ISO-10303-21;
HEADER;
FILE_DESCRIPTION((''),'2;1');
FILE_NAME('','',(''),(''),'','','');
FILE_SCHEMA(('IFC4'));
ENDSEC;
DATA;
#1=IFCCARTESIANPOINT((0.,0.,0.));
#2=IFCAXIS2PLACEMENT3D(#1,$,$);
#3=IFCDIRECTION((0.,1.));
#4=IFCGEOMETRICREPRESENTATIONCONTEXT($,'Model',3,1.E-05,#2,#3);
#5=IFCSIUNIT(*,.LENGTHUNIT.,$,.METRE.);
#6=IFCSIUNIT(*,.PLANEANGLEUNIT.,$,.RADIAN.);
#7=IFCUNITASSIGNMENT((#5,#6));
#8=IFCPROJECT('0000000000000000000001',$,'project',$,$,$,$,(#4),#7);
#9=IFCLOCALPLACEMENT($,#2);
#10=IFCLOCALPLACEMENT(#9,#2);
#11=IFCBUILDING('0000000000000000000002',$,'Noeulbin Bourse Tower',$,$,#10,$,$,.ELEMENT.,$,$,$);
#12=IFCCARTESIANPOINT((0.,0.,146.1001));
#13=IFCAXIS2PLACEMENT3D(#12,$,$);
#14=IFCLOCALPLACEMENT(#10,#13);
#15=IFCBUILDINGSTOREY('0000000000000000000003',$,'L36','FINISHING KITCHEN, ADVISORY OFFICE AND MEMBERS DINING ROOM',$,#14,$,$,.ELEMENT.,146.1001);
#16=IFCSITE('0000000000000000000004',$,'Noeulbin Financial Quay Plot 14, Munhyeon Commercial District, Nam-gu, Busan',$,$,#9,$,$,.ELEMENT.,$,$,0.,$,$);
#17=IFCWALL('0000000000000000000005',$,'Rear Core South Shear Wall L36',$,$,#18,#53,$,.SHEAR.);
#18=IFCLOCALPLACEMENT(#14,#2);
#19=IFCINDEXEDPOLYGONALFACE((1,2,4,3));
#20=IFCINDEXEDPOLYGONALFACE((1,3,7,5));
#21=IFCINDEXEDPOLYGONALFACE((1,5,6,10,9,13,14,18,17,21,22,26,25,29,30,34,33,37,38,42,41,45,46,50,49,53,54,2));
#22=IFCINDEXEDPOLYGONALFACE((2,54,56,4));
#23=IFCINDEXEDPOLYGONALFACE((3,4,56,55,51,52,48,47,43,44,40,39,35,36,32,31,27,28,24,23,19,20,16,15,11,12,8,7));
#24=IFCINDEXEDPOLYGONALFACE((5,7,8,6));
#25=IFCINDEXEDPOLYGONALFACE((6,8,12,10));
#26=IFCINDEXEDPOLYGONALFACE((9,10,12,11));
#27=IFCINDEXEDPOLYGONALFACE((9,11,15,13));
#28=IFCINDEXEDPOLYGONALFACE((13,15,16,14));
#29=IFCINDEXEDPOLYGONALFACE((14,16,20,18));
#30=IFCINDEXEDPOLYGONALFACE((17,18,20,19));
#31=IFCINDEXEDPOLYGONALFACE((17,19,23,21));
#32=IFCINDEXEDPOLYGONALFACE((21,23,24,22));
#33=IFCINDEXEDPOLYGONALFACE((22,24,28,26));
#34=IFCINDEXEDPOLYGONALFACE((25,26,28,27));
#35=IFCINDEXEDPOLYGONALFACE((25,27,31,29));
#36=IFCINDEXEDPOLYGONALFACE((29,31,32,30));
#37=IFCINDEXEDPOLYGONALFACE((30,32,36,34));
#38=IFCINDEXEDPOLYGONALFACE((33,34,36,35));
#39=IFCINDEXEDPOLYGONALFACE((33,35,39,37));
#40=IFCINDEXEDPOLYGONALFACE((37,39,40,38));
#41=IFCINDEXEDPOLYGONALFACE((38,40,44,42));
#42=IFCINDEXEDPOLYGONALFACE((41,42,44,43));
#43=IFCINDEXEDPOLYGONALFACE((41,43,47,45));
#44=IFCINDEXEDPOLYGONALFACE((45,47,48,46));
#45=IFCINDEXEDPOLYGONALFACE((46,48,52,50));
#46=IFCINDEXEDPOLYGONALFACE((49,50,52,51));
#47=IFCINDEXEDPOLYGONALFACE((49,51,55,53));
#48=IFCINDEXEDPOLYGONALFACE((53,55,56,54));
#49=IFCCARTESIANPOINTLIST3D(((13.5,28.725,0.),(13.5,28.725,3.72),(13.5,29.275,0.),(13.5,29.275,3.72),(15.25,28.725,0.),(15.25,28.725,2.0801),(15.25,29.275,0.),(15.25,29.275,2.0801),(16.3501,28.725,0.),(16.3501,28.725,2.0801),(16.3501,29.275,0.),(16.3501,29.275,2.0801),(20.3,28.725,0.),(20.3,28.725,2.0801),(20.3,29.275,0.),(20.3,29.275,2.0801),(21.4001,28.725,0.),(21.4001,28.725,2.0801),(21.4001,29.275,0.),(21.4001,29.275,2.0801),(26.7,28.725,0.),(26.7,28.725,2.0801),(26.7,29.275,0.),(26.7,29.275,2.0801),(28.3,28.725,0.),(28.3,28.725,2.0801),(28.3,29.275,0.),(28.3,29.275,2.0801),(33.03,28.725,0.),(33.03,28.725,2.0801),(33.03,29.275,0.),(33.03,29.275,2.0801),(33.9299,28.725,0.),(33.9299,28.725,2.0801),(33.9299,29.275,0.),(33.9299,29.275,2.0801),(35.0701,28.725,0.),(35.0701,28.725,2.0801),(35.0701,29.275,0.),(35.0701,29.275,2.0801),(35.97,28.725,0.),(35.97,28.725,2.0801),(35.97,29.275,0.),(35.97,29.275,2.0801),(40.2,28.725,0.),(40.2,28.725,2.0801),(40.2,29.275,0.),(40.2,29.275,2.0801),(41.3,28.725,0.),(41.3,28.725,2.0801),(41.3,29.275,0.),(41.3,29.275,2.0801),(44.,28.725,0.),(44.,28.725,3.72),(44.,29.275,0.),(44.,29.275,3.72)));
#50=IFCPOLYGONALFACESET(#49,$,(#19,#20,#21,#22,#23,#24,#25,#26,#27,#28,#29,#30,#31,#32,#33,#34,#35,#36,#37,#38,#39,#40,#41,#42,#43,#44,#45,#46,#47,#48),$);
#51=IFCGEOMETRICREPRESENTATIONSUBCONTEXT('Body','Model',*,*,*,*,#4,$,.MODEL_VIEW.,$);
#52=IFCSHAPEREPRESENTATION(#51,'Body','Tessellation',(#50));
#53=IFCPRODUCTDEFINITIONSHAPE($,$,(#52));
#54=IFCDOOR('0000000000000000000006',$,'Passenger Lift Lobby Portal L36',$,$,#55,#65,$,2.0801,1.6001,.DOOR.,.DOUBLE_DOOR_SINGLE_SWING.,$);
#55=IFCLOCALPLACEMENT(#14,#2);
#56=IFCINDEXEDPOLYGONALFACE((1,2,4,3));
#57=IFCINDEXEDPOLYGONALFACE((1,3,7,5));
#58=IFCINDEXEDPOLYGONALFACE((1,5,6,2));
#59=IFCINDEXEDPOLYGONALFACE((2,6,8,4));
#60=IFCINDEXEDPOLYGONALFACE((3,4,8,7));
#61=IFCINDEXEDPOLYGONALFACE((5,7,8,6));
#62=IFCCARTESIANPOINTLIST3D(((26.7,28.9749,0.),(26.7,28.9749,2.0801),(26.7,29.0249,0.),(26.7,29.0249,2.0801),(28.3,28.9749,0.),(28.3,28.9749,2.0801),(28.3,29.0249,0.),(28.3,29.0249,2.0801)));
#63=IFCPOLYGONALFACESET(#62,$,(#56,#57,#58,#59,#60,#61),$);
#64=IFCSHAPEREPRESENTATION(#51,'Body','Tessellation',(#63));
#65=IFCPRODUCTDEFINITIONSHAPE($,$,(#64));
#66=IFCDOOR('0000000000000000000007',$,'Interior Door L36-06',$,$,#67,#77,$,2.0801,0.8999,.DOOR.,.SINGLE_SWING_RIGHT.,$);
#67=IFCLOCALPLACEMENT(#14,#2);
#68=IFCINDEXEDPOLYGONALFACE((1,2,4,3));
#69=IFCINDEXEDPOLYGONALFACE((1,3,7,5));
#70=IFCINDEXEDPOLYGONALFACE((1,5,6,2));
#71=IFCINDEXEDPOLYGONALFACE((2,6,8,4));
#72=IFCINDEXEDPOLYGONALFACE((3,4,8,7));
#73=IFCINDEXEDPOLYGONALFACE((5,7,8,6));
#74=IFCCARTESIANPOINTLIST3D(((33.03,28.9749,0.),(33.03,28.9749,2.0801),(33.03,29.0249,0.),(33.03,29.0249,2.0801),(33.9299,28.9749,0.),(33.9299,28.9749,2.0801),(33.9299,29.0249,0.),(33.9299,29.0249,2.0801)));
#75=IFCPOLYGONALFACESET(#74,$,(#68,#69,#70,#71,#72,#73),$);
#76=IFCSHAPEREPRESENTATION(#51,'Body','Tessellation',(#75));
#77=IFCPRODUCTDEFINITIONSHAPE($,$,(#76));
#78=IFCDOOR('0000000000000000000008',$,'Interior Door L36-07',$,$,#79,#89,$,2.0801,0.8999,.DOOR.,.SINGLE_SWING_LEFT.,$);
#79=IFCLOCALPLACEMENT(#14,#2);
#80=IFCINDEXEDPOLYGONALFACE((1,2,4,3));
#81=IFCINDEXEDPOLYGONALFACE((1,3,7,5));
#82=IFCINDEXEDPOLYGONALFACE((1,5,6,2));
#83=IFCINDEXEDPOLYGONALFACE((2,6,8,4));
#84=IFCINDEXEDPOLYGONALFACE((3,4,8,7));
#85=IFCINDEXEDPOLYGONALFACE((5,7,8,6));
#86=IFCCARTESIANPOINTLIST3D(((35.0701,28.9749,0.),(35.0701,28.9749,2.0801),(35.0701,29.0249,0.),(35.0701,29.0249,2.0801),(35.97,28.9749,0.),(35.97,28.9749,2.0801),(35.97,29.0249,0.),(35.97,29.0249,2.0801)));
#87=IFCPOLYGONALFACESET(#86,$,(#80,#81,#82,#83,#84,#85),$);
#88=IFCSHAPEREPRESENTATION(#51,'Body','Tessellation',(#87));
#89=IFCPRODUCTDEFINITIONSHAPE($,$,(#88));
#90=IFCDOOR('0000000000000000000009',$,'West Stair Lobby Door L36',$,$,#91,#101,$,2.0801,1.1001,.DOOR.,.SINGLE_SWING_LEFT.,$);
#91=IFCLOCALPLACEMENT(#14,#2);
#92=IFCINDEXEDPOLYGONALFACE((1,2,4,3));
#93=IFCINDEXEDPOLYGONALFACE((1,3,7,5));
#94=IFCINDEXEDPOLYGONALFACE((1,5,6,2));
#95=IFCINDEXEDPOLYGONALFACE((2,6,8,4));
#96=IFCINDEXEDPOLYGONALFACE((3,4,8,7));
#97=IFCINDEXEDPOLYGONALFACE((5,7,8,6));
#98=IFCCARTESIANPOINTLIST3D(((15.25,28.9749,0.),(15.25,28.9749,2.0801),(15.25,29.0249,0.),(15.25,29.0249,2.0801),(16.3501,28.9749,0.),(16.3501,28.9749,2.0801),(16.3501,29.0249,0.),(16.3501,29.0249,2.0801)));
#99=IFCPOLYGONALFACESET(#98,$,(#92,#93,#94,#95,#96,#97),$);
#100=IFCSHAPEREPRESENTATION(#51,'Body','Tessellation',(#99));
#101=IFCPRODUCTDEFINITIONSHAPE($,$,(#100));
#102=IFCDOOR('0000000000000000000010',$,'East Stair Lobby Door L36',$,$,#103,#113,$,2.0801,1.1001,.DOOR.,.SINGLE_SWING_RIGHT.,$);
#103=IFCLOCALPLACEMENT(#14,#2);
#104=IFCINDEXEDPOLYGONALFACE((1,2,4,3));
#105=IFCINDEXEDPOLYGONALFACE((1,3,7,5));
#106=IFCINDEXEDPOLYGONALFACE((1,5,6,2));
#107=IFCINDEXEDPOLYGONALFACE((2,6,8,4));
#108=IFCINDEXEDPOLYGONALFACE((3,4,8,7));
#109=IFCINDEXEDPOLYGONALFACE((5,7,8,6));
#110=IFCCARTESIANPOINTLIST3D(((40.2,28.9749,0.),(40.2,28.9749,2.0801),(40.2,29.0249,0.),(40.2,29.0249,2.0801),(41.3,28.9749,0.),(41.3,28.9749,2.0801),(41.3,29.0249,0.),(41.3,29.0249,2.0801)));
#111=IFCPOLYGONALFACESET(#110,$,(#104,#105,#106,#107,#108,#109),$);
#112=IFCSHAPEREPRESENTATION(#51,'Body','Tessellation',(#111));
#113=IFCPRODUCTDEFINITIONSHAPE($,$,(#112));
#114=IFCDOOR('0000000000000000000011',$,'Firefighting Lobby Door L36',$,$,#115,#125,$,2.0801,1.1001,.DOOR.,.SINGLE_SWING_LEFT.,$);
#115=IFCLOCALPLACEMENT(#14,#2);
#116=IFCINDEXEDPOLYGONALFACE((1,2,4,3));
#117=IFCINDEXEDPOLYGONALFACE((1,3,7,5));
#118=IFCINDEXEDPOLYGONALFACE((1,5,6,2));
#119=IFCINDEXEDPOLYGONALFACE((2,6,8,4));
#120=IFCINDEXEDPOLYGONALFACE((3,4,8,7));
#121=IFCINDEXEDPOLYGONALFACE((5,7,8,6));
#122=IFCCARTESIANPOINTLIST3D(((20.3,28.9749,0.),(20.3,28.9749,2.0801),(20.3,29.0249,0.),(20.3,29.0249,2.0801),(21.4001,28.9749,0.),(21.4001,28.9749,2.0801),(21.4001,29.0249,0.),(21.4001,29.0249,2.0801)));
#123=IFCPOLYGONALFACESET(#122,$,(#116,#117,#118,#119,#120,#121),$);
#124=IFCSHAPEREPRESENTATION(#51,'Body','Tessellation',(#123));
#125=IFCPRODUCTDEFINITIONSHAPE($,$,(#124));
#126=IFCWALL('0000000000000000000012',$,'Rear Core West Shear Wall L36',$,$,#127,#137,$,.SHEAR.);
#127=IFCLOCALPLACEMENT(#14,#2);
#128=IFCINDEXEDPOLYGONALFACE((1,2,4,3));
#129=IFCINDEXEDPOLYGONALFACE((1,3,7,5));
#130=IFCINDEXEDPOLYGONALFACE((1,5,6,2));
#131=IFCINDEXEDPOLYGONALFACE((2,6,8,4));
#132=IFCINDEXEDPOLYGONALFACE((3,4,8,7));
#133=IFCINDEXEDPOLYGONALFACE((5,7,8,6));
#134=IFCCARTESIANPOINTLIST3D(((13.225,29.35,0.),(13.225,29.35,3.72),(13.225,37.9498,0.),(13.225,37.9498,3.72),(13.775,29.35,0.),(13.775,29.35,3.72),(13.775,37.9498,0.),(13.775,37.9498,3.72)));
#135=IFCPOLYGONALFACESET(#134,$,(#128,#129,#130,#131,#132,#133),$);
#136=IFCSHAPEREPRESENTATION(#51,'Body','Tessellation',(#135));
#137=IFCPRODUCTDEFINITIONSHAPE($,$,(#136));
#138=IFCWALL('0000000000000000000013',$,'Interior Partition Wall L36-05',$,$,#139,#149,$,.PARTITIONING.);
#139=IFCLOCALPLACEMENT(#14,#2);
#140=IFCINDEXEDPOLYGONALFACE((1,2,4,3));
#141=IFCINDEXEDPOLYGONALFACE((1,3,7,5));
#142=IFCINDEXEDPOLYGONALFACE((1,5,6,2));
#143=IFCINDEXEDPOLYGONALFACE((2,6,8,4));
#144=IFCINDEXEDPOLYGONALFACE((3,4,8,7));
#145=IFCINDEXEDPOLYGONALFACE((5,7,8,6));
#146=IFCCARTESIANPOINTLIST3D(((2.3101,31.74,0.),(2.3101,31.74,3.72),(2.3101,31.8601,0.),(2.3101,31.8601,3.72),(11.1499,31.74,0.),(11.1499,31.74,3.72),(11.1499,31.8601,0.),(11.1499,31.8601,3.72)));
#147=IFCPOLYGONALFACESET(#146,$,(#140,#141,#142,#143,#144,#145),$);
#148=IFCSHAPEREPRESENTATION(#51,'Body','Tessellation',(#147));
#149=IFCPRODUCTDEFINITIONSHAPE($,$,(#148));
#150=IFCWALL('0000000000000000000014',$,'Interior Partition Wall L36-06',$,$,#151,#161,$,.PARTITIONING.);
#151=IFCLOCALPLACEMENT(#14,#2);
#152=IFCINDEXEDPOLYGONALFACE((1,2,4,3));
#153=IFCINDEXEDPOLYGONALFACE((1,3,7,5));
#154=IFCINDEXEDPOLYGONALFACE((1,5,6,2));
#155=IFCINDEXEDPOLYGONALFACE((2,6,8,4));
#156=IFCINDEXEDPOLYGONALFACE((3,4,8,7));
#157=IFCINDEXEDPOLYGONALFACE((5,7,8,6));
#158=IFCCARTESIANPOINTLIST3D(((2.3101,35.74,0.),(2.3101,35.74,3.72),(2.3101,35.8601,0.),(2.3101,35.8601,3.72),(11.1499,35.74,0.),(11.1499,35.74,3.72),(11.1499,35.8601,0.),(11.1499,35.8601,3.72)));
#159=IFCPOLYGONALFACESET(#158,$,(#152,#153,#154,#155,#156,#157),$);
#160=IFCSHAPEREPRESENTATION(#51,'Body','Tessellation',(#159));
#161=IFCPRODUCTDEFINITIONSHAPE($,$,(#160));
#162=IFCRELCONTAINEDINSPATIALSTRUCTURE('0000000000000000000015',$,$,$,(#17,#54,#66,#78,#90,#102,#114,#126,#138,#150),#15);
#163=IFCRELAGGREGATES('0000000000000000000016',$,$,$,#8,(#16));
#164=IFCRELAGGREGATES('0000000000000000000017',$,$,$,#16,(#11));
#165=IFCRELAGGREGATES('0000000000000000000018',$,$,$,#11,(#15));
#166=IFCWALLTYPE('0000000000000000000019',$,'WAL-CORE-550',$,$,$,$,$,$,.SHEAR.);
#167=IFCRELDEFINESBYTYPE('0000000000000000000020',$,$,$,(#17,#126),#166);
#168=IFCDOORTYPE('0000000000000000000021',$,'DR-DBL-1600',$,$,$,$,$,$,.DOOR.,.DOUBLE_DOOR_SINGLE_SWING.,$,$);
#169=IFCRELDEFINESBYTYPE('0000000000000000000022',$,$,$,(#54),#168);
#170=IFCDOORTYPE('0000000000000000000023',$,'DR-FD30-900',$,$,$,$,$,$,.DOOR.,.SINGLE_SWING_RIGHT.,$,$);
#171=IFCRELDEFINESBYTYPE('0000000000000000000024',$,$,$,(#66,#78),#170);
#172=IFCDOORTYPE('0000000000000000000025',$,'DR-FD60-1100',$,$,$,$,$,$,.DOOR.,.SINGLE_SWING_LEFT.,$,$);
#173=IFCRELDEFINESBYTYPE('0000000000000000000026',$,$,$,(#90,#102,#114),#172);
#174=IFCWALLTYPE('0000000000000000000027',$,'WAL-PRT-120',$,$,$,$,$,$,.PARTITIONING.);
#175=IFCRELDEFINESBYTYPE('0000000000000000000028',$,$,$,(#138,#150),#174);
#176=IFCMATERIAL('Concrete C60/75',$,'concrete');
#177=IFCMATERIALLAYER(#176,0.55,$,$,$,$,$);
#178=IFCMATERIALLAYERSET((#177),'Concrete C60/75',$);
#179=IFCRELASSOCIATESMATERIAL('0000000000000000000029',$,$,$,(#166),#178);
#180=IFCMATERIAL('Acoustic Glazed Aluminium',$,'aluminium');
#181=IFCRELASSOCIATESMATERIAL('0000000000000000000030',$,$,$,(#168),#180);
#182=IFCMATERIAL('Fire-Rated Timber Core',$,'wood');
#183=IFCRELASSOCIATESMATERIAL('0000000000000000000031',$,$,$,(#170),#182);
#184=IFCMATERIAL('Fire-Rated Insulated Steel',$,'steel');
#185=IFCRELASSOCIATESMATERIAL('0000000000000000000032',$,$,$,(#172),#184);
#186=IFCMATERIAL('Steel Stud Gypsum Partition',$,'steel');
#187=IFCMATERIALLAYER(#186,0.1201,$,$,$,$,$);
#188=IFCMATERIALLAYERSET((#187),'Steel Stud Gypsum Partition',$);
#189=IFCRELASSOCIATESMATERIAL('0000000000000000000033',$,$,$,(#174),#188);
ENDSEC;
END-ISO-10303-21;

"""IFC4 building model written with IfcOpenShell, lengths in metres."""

from ifc_helpers import new_model, si_unit, direction, frame, frame_2d, origin, place, context, subcontext, project, spatial, rectangle, extrude, material, layer, layer_set, type_object, element, fill, save


model = new_model("IFC4")

# Units and contexts
model_context = context("Model", 3, precision=1e-05, world=origin(), true_north=direction((0.0, 1.0)))
body_context = subcontext(model_context, "Body", "Model", "MODEL_VIEW")
ifc_project = project(units=[si_unit("LENGTHUNIT", "METRE"), si_unit("PLANEANGLEUNIT", "RADIAN")], contexts=[model_context])

# Site, building, storey
site_placement = place(None, origin())
site = spatial("IfcSite", under=ifc_project, at=site_placement, Name="Noeulbin Financial Quay Plot 14, Munhyeon Commercial District, Nam-gu, Busan", CompositionType="ELEMENT", RefElevation=0.0)
building_placement = place(site_placement, origin())
building = spatial("IfcBuilding", under=site, at=building_placement, Name="Noeulbin Bourse Tower", CompositionType="ELEMENT")
storey_placement = place(building_placement, frame((0.0, 0.0, 146.1001)))
storey = spatial("IfcBuildingStorey", under=building, at=storey_placement, Name="L36", Description="FINISHING KITCHEN, ADVISORY OFFICE AND MEMBERS DINING ROOM", CompositionType="ELEMENT", Elevation=146.1001)

# Wall, openings, doors
ifc_material_1 = material(Name="Concrete C60/75", Category="concrete")
ifc_layer_1 = layer(ifc_material_1, 0.55)
ifc_layer_set_1 = layer_set([ifc_layer_1], Name="Concrete C60/75")
wall_type_1 = type_object("IfcWallType", Name="WAL-CORE-550", PredefinedType="SHEAR", material=ifc_layer_set_1)
wall_1_placement = place(storey_placement, frame((13.5, 29.0, 0.0), z_axis=(0.0, 0.0, 1.0), x_axis=(1.0, 0.0, 0.0)))
wall_1 = element("IfcWall", 1, at=wall_1_placement, inside=storey, type_object=wall_type_1, Name="Rear Core South Shear Wall L36", PredefinedType="SHEAR", context=body_context, shape_type="SweptSolid", body=[
    extrude(rectangle(XDim=30.5, YDim=0.55, at=frame_2d((15.25, 0.0))), origin(), (0.0, 0.0, 1.0), 3.72),
])
opening_1_placement = place(wall_1_placement, frame((1.75, 0.0, 0.0)))
opening_1 = element("IfcOpeningElement", 2, at=opening_1_placement, cuts=wall_1, PredefinedType="OPENING", context=body_context, shape_type="SweptSolid", body=[
    extrude(rectangle(XDim=1.1001, YDim=2.0801, at=frame_2d((0.55, 1.04))), frame((0.0, 0.2849, 0.0), z_axis=(0.0, -1.0, 0.0), x_axis=(1.0, 0.0, 0.0)), (0.0, 0.0, 1.0), 0.5701),
])
opening_2_placement = place(wall_1_placement, frame((26.7, 0.0, 0.0)))
opening_2 = element("IfcOpeningElement", 3, at=opening_2_placement, cuts=wall_1, PredefinedType="OPENING", context=body_context, shape_type="SweptSolid", body=[
    extrude(rectangle(XDim=1.1001, YDim=2.0801, at=frame_2d((0.55, 1.04))), frame((0.0, 0.2849, 0.0), z_axis=(0.0, -1.0, 0.0), x_axis=(1.0, 0.0, 0.0)), (0.0, 0.0, 1.0), 0.5701),
])
opening_3_placement = place(wall_1_placement, frame((6.8, 0.0, 0.0)))
opening_3 = element("IfcOpeningElement", 4, at=opening_3_placement, cuts=wall_1, PredefinedType="OPENING", context=body_context, shape_type="SweptSolid", body=[
    extrude(rectangle(XDim=1.1001, YDim=2.0801, at=frame_2d((0.55, 1.04))), frame((0.0, 0.2849, 0.0), z_axis=(0.0, -1.0, 0.0), x_axis=(1.0, 0.0, 0.0)), (0.0, 0.0, 1.0), 0.5701),
])
opening_4_placement = place(wall_1_placement, frame((13.2, 0.0, 0.0)))
opening_4 = element("IfcOpeningElement", 5, at=opening_4_placement, cuts=wall_1, PredefinedType="OPENING", context=body_context, shape_type="SweptSolid", body=[
    extrude(rectangle(XDim=1.6001, YDim=2.0801, at=frame_2d((0.8, 1.04))), frame((0.0, 0.2849, 0.0), z_axis=(0.0, -1.0, 0.0), x_axis=(1.0, 0.0, 0.0)), (0.0, 0.0, 1.0), 0.5701),
])
opening_5_placement = place(wall_1_placement, frame((19.53, 0.0, 0.0)))
opening_5 = element("IfcOpeningElement", 6, at=opening_5_placement, cuts=wall_1, PredefinedType="OPENING", context=body_context, shape_type="SweptSolid", body=[
    extrude(rectangle(XDim=0.8999, YDim=2.0801, at=frame_2d((0.45, 1.04))), frame((0.0, 0.2849, 0.0), z_axis=(0.0, -1.0, 0.0), x_axis=(1.0, 0.0, 0.0)), (0.0, 0.0, 1.0), 0.5701),
])
opening_6_placement = place(wall_1_placement, frame((21.5701, 0.0, 0.0)))
opening_6 = element("IfcOpeningElement", 7, at=opening_6_placement, cuts=wall_1, PredefinedType="OPENING", context=body_context, shape_type="SweptSolid", body=[
    extrude(rectangle(XDim=0.8999, YDim=2.0801, at=frame_2d((0.45, 1.04))), frame((0.0, 0.2849, 0.0), z_axis=(0.0, -1.0, 0.0), x_axis=(1.0, 0.0, 0.0)), (0.0, 0.0, 1.0), 0.5701),
])
ifc_material_2 = material(Name="Acoustic Glazed Aluminium", Category="aluminium")
door_type_1 = type_object("IfcDoorType", Name="DR-DBL-1600", OperationType="DOUBLE_DOOR_SINGLE_SWING", PredefinedType="DOOR", material=ifc_material_2)
door_1_placement = place(opening_4_placement, origin())
door_1 = element("IfcDoor", 8, at=door_1_placement, inside=storey, type_object=door_type_1, Name="Passenger Lift Lobby Portal L36", OperationType="DOUBLE_DOOR_SINGLE_SWING", OverallHeight=2.0801, OverallWidth=1.6001, PredefinedType="DOOR", context=body_context, shape_type="SweptSolid", body=[
    extrude(rectangle(XDim=1.6001, YDim=2.0801, at=frame_2d((0.8, 1.04))), frame((0.0, 0.0249, 0.0), z_axis=(0.0, -1.0, 0.0), x_axis=(1.0, 0.0, 0.0)), (0.0, 0.0, 1.0), 0.05),
])
fill(opening_4, door_1)
ifc_material_3 = material(Name="Fire-Rated Timber Core", Category="wood")
door_type_2 = type_object("IfcDoorType", Name="DR-FD30-900", OperationType="SINGLE_SWING_RIGHT", PredefinedType="DOOR", material=ifc_material_3)
door_2_placement = place(opening_5_placement, origin())
door_2 = element("IfcDoor", 9, at=door_2_placement, inside=storey, type_object=door_type_2, Name="Interior Door L36-06", OperationType="SINGLE_SWING_RIGHT", OverallHeight=2.0801, OverallWidth=0.8999, PredefinedType="DOOR", context=body_context, shape_type="SweptSolid", body=[
    extrude(rectangle(XDim=0.8999, YDim=2.0801, at=frame_2d((0.45, 1.04))), frame((0.0, 0.0249, 0.0), z_axis=(0.0, -1.0, 0.0), x_axis=(1.0, 0.0, 0.0)), (0.0, 0.0, 1.0), 0.05),
])
fill(opening_5, door_2)
door_3_placement = place(opening_6_placement, origin())
door_3 = element("IfcDoor", 10, at=door_3_placement, inside=storey, type_object=door_type_2, Name="Interior Door L36-07", OperationType="SINGLE_SWING_LEFT", OverallHeight=2.0801, OverallWidth=0.8999, PredefinedType="DOOR", context=body_context, shape_type="SweptSolid", body=[
    extrude(rectangle(XDim=0.8999, YDim=2.0801, at=frame_2d((0.45, 1.04))), frame((0.0, 0.0249, 0.0), z_axis=(0.0, -1.0, 0.0), x_axis=(1.0, 0.0, 0.0)), (0.0, 0.0, 1.0), 0.05),
])
fill(opening_6, door_3)
ifc_material_4 = material(Name="Fire-Rated Insulated Steel", Category="steel")
door_type_3 = type_object("IfcDoorType", Name="DR-FD60-1100", OperationType="SINGLE_SWING_LEFT", PredefinedType="DOOR", material=ifc_material_4)
door_4_placement = place(opening_1_placement, origin())
door_4 = element("IfcDoor", 11, at=door_4_placement, inside=storey, type_object=door_type_3, Name="West Stair Lobby Door L36", OperationType="SINGLE_SWING_LEFT", OverallHeight=2.0801, OverallWidth=1.1001, PredefinedType="DOOR", context=body_context, shape_type="SweptSolid", body=[
    extrude(rectangle(XDim=1.1001, YDim=2.0801, at=frame_2d((0.55, 1.04))), frame((0.0, 0.0249, 0.0), z_axis=(0.0, -1.0, 0.0), x_axis=(1.0, 0.0, 0.0)), (0.0, 0.0, 1.0), 0.05),
])
fill(opening_1, door_4)
door_5_placement = place(opening_2_placement, origin())
door_5 = element("IfcDoor", 12, at=door_5_placement, inside=storey, type_object=door_type_3, Name="East Stair Lobby Door L36", OperationType="SINGLE_SWING_RIGHT", OverallHeight=2.0801, OverallWidth=1.1001, PredefinedType="DOOR", context=body_context, shape_type="SweptSolid", body=[
    extrude(rectangle(XDim=1.1001, YDim=2.0801, at=frame_2d((0.55, 1.04))), frame((0.0, 0.0249, 0.0), z_axis=(0.0, -1.0, 0.0), x_axis=(1.0, 0.0, 0.0)), (0.0, 0.0, 1.0), 0.05),
])
fill(opening_2, door_5)
door_6_placement = place(opening_3_placement, origin())
door_6 = element("IfcDoor", 13, at=door_6_placement, inside=storey, type_object=door_type_3, Name="Firefighting Lobby Door L36", OperationType="SINGLE_SWING_LEFT", OverallHeight=2.0801, OverallWidth=1.1001, PredefinedType="DOOR", context=body_context, shape_type="SweptSolid", body=[
    extrude(rectangle(XDim=1.1001, YDim=2.0801, at=frame_2d((0.55, 1.04))), frame((0.0, 0.0249, 0.0), z_axis=(0.0, -1.0, 0.0), x_axis=(1.0, 0.0, 0.0)), (0.0, 0.0, 1.0), 0.05),
])
fill(opening_3, door_6)

# Walls
wall_2_placement = place(storey_placement, frame((13.5, 29.3501, 0.0), z_axis=(0.0, 0.0, 1.0), x_axis=(0.0, 1.0, 0.0)))
element("IfcWall", 14, at=wall_2_placement, inside=storey, type_object=wall_type_1, Name="Rear Core West Shear Wall L36", PredefinedType="SHEAR", context=body_context, shape_type="SweptSolid", body=[
    extrude(rectangle(XDim=8.5999, YDim=0.55, at=frame_2d((4.2998, 0.0))), origin(), (0.0, 0.0, 1.0), 3.72),
])
ifc_material_5 = material(Name="Steel Stud Gypsum Partition", Category="steel")
ifc_layer_2 = layer(ifc_material_5, 0.1201)
ifc_layer_set_2 = layer_set([ifc_layer_2], Name="Steel Stud Gypsum Partition")
wall_type_2 = type_object("IfcWallType", Name="WAL-PRT-120", PredefinedType="PARTITIONING", material=ifc_layer_set_2)
for number, where, z_axis, x_axis, name in (
    (15, (2.3101, 31.8, 0.0), (0.0, 0.0, 1.0), (1.0, 0.0, 0.0), "Interior Partition Wall L36-05"),
    (16, (2.3101, 35.8, 0.0), (0.0, 0.0, 1.0), (1.0, 0.0, 0.0), "Interior Partition Wall L36-06"),
):
    element("IfcWall", number, at=place(storey_placement, frame(where, z_axis=z_axis, x_axis=x_axis)), inside=storey, type_object=wall_type_2, Name=name, PredefinedType="PARTITIONING", context=body_context, shape_type="SweptSolid", body=[
        extrude(rectangle(XDim=8.8398, YDim=0.1201, at=frame_2d((4.4199, 0.0))), origin(), (0.0, 0.0, 1.0), 3.72),
    ])

save(model, "model.ifc")
